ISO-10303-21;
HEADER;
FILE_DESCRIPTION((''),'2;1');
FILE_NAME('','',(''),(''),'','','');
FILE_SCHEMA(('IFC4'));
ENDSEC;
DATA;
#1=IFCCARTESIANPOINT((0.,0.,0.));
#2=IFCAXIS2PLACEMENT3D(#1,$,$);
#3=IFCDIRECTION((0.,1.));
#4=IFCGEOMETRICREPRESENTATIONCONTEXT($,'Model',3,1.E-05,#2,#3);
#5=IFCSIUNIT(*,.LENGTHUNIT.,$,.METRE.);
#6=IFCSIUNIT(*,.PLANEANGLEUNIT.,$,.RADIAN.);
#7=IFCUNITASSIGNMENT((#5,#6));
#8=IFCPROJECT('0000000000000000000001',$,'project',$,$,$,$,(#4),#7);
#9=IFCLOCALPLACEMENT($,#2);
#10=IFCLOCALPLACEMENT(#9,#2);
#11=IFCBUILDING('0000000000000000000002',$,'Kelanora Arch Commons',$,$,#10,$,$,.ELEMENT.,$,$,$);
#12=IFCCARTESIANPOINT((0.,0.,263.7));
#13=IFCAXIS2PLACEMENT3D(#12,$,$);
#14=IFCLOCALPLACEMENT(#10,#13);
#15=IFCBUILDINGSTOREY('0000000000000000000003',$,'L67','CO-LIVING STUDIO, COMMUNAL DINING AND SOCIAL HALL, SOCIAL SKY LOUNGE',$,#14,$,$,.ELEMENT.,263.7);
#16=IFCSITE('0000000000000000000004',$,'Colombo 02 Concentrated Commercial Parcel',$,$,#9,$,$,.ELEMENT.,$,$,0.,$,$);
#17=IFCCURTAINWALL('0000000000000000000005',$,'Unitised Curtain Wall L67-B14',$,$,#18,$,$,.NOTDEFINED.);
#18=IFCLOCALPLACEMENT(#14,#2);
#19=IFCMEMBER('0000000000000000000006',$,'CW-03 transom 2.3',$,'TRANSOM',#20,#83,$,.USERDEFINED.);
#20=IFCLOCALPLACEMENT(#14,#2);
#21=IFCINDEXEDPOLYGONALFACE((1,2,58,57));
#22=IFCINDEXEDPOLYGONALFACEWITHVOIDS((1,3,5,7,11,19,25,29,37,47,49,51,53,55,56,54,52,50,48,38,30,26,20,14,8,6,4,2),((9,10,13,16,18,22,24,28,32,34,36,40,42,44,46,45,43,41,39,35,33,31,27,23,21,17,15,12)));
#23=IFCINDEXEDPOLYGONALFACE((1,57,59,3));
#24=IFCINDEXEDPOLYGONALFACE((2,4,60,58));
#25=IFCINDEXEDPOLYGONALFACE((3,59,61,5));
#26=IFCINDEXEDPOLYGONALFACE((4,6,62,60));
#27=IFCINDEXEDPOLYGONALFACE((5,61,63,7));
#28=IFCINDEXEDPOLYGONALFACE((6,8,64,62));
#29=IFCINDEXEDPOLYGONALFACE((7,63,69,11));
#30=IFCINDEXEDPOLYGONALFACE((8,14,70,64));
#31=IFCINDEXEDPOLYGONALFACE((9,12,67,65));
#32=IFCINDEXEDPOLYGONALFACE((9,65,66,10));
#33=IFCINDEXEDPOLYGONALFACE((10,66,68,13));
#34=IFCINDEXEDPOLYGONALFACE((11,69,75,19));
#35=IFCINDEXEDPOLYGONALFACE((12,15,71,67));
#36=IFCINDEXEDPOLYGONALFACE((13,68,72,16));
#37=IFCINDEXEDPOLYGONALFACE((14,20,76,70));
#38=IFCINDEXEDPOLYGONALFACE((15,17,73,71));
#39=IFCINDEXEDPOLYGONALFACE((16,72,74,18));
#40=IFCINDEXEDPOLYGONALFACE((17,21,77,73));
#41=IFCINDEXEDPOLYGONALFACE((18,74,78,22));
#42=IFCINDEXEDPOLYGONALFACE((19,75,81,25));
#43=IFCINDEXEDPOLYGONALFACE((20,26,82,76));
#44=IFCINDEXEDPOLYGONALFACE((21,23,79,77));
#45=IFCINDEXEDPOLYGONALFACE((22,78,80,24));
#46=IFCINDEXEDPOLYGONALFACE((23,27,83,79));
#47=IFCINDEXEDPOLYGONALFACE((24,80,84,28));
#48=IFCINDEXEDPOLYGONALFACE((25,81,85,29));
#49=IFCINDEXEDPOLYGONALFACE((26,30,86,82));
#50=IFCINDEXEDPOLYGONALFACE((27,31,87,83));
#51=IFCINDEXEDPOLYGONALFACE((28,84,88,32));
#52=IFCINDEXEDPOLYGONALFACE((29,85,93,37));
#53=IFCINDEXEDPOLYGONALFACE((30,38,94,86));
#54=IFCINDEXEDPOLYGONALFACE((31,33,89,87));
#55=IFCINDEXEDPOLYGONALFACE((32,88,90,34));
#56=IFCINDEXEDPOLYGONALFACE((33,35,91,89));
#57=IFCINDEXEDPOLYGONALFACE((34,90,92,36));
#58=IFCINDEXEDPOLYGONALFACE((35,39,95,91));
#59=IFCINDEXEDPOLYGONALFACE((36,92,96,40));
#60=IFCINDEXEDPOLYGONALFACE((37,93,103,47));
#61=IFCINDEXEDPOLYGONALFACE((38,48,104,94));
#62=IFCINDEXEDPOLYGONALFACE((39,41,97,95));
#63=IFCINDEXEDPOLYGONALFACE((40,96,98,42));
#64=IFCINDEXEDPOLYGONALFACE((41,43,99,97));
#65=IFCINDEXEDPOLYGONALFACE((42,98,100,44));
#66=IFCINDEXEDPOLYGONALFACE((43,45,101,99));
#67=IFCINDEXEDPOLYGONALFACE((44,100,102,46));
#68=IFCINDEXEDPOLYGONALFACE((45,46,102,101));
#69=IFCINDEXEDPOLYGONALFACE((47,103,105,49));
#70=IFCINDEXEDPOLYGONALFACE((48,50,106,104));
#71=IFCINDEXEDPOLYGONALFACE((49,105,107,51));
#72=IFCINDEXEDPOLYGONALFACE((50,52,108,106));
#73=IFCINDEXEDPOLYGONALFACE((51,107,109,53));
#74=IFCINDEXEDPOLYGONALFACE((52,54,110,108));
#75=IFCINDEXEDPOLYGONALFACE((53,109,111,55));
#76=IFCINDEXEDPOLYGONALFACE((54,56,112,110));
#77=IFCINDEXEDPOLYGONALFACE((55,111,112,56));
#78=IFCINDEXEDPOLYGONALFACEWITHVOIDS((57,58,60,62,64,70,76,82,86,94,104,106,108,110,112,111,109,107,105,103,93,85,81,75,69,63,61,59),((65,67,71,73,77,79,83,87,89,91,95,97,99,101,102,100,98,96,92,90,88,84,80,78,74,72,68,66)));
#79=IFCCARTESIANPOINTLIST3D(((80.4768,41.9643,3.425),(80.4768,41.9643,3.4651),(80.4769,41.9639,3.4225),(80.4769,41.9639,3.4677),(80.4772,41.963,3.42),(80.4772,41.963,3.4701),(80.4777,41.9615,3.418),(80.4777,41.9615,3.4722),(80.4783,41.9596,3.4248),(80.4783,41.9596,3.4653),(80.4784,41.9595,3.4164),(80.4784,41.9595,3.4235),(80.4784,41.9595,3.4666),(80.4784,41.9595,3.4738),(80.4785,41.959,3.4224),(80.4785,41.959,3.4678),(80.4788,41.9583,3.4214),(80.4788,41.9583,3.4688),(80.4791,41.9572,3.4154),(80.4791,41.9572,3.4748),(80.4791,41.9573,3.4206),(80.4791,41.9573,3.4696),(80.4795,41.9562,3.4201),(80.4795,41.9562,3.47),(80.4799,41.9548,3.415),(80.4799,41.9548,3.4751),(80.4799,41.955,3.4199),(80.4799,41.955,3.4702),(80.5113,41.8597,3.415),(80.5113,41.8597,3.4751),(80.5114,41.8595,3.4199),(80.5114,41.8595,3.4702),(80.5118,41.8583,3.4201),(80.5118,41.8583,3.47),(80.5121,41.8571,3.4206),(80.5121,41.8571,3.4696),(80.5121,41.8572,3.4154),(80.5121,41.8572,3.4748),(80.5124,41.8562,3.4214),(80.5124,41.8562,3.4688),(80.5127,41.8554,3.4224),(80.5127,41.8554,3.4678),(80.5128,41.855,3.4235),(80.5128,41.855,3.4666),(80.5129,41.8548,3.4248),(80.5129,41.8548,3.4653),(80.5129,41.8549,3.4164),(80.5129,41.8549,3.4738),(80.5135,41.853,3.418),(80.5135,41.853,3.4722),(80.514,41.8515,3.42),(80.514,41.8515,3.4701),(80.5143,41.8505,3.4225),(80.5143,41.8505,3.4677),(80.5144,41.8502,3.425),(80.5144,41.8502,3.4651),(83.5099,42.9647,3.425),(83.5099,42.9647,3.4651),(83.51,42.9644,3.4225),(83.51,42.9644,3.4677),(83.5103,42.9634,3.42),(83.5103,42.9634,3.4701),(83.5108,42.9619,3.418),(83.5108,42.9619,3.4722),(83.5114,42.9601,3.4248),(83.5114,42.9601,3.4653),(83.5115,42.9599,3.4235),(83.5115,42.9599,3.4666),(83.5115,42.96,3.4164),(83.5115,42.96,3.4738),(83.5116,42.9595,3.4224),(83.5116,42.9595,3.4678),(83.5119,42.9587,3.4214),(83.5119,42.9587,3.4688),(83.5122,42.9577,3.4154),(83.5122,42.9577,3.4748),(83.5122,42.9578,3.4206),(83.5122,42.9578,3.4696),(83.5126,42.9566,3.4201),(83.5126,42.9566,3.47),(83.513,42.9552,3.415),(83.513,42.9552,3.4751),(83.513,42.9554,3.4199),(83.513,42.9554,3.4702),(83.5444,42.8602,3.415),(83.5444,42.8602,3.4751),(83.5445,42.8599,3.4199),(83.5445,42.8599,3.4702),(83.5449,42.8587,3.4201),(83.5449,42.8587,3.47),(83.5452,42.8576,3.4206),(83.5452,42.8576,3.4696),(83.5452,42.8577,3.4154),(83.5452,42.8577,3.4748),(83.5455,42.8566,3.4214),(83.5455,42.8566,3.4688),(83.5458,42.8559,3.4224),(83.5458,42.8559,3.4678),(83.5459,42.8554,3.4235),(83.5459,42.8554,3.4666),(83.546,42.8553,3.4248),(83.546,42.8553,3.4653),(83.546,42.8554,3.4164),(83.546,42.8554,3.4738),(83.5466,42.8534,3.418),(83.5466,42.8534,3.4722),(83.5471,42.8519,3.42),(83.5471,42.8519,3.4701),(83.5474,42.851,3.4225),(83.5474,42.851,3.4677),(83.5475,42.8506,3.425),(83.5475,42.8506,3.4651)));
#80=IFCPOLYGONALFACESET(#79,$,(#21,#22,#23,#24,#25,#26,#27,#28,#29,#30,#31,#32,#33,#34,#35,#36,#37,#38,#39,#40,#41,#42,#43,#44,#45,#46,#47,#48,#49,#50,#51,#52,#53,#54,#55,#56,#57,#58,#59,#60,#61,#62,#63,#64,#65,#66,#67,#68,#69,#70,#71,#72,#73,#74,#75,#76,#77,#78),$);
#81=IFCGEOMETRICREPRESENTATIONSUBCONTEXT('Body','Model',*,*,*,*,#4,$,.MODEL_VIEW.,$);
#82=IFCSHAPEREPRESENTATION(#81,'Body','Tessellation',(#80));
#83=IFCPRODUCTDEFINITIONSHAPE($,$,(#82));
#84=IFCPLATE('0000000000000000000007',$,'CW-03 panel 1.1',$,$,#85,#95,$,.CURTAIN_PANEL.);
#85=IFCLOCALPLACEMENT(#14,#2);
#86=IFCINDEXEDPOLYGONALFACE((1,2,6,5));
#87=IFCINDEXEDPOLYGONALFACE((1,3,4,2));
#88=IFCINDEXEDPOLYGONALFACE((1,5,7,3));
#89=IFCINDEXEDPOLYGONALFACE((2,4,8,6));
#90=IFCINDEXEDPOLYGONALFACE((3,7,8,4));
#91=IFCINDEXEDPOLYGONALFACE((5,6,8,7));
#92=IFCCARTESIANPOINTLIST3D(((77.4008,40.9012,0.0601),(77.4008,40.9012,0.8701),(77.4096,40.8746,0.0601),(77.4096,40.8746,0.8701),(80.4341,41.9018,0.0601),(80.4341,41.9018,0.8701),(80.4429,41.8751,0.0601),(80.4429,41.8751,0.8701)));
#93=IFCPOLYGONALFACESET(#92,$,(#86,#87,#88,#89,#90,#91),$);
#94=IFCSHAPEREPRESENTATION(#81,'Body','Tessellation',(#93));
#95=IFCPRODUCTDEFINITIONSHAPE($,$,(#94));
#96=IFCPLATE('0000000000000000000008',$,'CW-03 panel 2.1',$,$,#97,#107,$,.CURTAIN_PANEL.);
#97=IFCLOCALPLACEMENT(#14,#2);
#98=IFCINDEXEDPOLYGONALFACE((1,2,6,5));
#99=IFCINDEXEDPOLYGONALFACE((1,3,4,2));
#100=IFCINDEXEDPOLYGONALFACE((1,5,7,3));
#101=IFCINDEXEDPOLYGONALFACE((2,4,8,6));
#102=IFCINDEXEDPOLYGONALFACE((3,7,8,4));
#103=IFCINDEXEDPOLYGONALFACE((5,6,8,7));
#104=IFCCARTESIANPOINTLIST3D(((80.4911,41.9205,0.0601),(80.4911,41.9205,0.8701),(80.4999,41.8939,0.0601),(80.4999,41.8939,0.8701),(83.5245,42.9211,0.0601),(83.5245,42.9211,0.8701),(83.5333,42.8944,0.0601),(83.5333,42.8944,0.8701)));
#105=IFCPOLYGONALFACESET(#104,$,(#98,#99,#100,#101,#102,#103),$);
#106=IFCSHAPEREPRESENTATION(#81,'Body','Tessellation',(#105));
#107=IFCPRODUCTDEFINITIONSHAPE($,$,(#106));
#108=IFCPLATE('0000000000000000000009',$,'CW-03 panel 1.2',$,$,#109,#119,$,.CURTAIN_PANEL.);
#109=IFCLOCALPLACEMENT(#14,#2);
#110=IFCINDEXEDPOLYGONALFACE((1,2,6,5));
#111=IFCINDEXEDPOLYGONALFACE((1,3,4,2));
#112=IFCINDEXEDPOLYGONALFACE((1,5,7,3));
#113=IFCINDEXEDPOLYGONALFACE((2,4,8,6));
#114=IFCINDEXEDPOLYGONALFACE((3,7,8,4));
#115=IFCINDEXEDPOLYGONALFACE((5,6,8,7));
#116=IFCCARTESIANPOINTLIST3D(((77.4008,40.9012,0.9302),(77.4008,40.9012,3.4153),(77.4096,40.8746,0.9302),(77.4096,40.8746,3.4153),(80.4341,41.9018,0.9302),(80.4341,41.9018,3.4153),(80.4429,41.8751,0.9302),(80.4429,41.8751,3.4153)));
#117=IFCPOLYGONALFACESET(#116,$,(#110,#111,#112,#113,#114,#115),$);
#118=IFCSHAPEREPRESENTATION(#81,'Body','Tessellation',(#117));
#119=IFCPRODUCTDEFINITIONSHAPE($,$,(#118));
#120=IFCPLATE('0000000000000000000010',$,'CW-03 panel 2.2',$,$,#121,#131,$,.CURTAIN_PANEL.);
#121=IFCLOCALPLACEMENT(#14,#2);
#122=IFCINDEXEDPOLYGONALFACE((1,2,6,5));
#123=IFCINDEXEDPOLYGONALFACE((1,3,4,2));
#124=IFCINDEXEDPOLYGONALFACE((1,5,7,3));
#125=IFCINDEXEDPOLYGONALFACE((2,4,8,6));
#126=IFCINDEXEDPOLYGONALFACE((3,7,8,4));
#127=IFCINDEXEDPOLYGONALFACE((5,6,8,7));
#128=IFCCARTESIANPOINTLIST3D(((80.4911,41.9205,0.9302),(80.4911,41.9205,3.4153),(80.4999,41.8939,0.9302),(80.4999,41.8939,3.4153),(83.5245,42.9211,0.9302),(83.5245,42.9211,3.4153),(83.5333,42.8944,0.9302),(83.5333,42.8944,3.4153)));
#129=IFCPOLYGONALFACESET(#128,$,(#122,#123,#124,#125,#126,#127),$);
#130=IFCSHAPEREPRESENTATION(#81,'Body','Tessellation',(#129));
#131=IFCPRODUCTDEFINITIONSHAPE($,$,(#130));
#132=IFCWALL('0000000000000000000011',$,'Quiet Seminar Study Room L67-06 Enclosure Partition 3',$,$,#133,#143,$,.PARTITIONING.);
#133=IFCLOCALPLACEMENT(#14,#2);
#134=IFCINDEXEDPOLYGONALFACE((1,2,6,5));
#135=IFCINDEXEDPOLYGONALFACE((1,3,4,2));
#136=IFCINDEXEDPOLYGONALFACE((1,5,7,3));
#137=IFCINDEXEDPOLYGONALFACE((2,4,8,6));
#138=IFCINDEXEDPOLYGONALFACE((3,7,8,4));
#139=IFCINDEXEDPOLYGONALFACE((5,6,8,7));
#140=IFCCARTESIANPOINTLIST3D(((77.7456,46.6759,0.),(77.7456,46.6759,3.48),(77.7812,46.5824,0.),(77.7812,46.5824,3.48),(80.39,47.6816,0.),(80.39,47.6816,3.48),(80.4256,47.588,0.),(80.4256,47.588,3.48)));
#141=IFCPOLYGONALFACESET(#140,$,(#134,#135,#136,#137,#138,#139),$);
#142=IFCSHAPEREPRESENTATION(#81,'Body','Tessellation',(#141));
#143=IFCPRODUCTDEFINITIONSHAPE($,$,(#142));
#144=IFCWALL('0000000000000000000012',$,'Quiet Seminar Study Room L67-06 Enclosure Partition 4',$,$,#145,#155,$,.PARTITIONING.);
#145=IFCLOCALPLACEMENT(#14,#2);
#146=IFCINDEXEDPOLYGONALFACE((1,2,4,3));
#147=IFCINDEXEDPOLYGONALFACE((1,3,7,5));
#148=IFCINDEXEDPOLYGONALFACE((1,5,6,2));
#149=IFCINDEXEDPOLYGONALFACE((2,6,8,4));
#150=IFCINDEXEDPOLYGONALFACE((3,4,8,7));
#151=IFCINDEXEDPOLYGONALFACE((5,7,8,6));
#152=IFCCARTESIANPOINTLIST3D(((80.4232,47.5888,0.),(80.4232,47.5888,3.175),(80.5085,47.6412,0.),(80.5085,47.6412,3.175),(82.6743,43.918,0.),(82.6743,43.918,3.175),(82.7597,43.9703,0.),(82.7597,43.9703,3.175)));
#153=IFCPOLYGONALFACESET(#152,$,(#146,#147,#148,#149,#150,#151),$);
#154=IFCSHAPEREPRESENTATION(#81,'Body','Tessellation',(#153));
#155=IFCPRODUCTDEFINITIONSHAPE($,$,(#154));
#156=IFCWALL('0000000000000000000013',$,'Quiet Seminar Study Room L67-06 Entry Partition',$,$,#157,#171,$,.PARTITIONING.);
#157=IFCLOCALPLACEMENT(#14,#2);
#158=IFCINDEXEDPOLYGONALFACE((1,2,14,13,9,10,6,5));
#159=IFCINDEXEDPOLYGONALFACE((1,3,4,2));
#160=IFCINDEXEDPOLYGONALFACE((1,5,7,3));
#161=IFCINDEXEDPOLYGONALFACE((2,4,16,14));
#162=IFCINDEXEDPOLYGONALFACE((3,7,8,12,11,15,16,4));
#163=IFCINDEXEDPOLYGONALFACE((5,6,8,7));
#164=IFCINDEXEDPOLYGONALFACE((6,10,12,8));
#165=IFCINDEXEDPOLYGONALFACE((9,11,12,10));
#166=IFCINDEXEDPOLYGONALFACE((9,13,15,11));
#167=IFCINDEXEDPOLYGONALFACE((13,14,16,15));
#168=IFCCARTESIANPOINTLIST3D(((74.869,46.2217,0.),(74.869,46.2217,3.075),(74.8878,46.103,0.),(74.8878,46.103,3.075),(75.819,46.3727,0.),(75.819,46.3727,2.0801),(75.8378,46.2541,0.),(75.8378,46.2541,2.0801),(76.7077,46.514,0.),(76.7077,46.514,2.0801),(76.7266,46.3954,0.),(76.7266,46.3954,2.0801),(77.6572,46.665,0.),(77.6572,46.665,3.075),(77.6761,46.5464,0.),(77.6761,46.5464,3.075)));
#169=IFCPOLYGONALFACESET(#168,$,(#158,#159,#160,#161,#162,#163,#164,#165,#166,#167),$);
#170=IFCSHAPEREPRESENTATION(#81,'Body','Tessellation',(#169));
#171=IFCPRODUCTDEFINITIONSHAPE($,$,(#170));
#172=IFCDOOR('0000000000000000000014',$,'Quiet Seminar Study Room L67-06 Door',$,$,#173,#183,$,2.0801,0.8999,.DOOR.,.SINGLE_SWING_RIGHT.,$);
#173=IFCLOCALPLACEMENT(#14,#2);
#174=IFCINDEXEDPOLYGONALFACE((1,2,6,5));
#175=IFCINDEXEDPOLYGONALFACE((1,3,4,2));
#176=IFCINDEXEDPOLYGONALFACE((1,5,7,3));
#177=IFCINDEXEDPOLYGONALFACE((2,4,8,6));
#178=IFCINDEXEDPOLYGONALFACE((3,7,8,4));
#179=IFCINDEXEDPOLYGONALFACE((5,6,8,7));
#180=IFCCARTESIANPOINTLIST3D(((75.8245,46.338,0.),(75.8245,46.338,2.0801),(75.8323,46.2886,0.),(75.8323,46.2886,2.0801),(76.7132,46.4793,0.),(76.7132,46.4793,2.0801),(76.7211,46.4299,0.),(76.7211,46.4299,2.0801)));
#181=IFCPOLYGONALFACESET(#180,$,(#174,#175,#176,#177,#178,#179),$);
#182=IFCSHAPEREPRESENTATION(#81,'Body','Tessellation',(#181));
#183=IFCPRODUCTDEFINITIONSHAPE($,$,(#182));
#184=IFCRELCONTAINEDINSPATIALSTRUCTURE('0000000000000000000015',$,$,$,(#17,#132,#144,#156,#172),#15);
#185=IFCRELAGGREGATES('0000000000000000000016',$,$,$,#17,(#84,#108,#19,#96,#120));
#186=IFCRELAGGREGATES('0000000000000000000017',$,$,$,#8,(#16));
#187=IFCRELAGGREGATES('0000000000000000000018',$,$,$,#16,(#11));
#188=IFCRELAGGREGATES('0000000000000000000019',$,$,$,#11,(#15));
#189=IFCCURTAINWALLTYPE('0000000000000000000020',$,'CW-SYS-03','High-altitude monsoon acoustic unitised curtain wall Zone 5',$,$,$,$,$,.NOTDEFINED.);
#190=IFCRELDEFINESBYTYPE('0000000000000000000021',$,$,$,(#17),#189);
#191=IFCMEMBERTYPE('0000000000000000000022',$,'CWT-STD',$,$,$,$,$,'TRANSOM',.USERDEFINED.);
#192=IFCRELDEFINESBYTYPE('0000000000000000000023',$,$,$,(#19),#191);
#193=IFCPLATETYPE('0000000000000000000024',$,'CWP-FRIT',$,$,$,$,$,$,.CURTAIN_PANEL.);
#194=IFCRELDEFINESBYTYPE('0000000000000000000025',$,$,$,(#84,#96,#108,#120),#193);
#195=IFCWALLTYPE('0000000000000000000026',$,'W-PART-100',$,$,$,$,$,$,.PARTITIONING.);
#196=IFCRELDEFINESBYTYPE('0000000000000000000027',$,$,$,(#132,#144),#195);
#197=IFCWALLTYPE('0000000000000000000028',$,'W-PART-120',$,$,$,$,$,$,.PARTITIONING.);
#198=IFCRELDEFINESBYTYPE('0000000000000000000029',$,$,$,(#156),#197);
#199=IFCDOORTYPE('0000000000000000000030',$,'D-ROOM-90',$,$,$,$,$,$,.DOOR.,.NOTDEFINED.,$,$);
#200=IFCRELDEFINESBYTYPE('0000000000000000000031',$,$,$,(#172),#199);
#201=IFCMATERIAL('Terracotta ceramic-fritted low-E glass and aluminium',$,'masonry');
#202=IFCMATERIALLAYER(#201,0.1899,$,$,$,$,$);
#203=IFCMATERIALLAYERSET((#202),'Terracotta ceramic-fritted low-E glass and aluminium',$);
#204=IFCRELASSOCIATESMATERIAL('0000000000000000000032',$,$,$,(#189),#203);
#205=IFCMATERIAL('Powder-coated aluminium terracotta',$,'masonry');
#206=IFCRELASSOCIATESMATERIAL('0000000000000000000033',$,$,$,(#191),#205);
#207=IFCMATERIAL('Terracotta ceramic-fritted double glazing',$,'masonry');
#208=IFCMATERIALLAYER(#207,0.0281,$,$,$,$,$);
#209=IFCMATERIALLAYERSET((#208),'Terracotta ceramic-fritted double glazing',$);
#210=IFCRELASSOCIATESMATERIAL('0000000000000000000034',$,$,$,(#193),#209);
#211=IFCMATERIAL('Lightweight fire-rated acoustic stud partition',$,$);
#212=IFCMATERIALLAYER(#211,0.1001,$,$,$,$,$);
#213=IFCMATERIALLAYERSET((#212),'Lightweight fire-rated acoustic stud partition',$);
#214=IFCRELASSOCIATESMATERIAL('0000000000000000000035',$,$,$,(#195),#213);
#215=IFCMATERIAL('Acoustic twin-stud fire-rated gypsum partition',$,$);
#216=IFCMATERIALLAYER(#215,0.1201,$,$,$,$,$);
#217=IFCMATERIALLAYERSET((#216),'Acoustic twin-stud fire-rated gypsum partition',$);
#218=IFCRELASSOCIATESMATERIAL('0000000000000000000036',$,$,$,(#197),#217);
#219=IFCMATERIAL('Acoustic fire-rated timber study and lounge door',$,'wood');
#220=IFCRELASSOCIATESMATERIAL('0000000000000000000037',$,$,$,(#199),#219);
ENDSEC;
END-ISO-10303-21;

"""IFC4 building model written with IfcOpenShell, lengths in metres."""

from ifc_helpers import new_model, si_unit, direction, frame, frame_2d, origin, origin_2d, place, context, subcontext, project, spatial, rectangle, hollow_rectangle, extrude, source, transform, mapped, material, layer, layer_set, material_profile, profile_set, type_object, element, fill, aggregate, save


model = new_model("IFC4")

# Units and contexts
model_context = context("Model", 3, precision=1e-05, world=origin(), true_north=direction((0.0, 1.0)))
body_context = subcontext(model_context, "Body", "Model", "MODEL_VIEW")
ifc_project = project(units=[si_unit("LENGTHUNIT", "METRE"), si_unit("PLANEANGLEUNIT", "RADIAN")], contexts=[model_context])

# Site, building, storey
site_placement = place(None, origin())
site = spatial("IfcSite", under=ifc_project, at=site_placement, Name="Colombo 02 Concentrated Commercial Parcel", CompositionType="ELEMENT", RefElevation=0.0)
building_placement = place(site_placement, origin())
building = spatial("IfcBuilding", under=site, at=building_placement, Name="Kelanora Arch Commons", CompositionType="ELEMENT")
storey_placement = place(building_placement, frame((0.0, 0.0, 263.7)))
storey = spatial("IfcBuildingStorey", under=building, at=storey_placement, Name="L67", Description="CO-LIVING STUDIO, COMMUNAL DINING AND SOCIAL HALL, SOCIAL SKY LOUNGE", CompositionType="ELEMENT", Elevation=263.7)

# Curtain wall, member, plates
ifc_material_1 = material(Name="Terracotta ceramic-fritted low-E glass and aluminium", Category="masonry")
ifc_layer_1 = layer(ifc_material_1, 0.1899)
ifc_layer_set_1 = layer_set([ifc_layer_1], Name="Terracotta ceramic-fritted low-E glass and aluminium")
curtain_wall_type = type_object("IfcCurtainWallType", Name="CW-SYS-03", Description="High-altitude monsoon acoustic unitised curtain wall Zone 5", PredefinedType="NOTDEFINED", material=ifc_layer_set_1)
curtain_wall_placement = place(storey_placement, origin())
curtain_wall = element("IfcCurtainWall", 1, at=curtain_wall_placement, inside=storey, type_object=curtain_wall_type, Name="Unitised Curtain Wall L67-B14", PredefinedType="NOTDEFINED")
ifc_material_2 = material(Name="Powder-coated aluminium terracotta", Category="masonry")
ifc_material_profile_1 = material_profile(ifc_material_2, hollow_rectangle(XDim=0.1201, YDim=0.0601, WallThickness=0.0049, InnerFilletRadius=0.0049, OuterFilletRadius=0.01, at=origin_2d()), Name="CWT120x60")
ifc_profile_set_1 = profile_set([ifc_material_profile_1], Name="Powder-coated aluminium terracotta")
member_type_1 = type_object("IfcMemberType", Name="CWT-STD", ElementType="TRANSOM", PredefinedType="USERDEFINED", material=ifc_profile_set_1)
member_1_placement = place(storey_placement, frame((80.4956, 41.9072, 3.4451), z_axis=(0.949672, 0.313245, 0.0), x_axis=(-0.313245, 0.949672, 0.0)))
member_1 = element("IfcMember", 2, at=member_1_placement, type_object=member_type_1, Name="CW-03 transom 2.3", ObjectType="TRANSOM", PredefinedType="USERDEFINED", context=body_context, shape_type="SweptSolid", body=[
    extrude(hollow_rectangle(XDim=0.1201, YDim=0.0601, WallThickness=0.0049, InnerFilletRadius=0.0049, OuterFilletRadius=0.01, at=origin_2d()), origin(), (0.0, 0.0, 1.0), 3.1938),
])
ifc_material_3 = material(Name="Terracotta ceramic-fritted double glazing", Category="masonry")
ifc_layer_2 = layer(ifc_material_3, 0.0281)
ifc_layer_set_2 = layer_set([ifc_layer_2], Name="Terracotta ceramic-fritted double glazing")
plate_type = type_object("IfcPlateType", Name="CWP-FRIT", PredefinedType="CURTAIN_PANEL", material=ifc_layer_set_2)
shared_shape_1 = source(origin(), body_context, "Body", "SweptSolid", [
    extrude(rectangle(XDim=3.1941, YDim=0.0281, at=origin_2d()), origin(), (0.0, 0.0, 1.0), 0.8101),
])
plate_1_placement = place(storey_placement, frame((78.9219, 41.3882, 0.0601), z_axis=(0.0, 0.0, 1.0), x_axis=(0.94967, 0.313253, 0.0)))
plate_1 = element("IfcPlate", 3, at=plate_1_placement, type_object=plate_type, Name="CW-03 panel 1.1", PredefinedType="CURTAIN_PANEL", context=body_context, shape_type="MappedRepresentation", body=[
    mapped(shared_shape_1, transform((0.0, 0.0, 0.0), scale=1.0)),
])
plate_2_placement = place(storey_placement, frame((82.0122, 42.4075, 0.0601), z_axis=(0.0, 0.0, 1.0), x_axis=(0.94967, 0.313253, 0.0)))
plate_2 = element("IfcPlate", 4, at=plate_2_placement, type_object=plate_type, Name="CW-03 panel 2.1", PredefinedType="CURTAIN_PANEL", context=body_context, shape_type="MappedRepresentation", body=[
    mapped(shared_shape_1, transform((0.0, 0.0, 0.0), scale=1.0)),
])
shared_shape_2 = source(origin(), body_context, "Body", "SweptSolid", [
    extrude(rectangle(XDim=3.1941, YDim=0.0281, at=origin_2d()), origin(), (0.0, 0.0, 1.0), 2.4851),
])
plate_3_placement = place(storey_placement, frame((78.9219, 41.3882, 0.9302), z_axis=(0.0, 0.0, 1.0), x_axis=(0.94967, 0.313253, 0.0)))
plate_3 = element("IfcPlate", 5, at=plate_3_placement, type_object=plate_type, Name="CW-03 panel 1.2", PredefinedType="CURTAIN_PANEL", context=body_context, shape_type="MappedRepresentation", body=[
    mapped(shared_shape_2, transform((0.0, 0.0, 0.0), scale=1.0)),
])
plate_4_placement = place(storey_placement, frame((82.0122, 42.4075, 0.9302), z_axis=(0.0, 0.0, 1.0), x_axis=(0.94967, 0.313253, 0.0)))
plate_4 = element("IfcPlate", 6, at=plate_4_placement, type_object=plate_type, Name="CW-03 panel 2.2", PredefinedType="CURTAIN_PANEL", context=body_context, shape_type="MappedRepresentation", body=[
    mapped(shared_shape_2, transform((0.0, 0.0, 0.0), scale=1.0)),
])
aggregate(curtain_wall, [plate_1, plate_3, member_1, plate_2, plate_4])

# Walls
ifc_material_4 = material(Name="Lightweight fire-rated acoustic stud partition")
ifc_layer_3 = layer(ifc_material_4, 0.1001)
ifc_layer_set_3 = layer_set([ifc_layer_3], Name="Lightweight fire-rated acoustic stud partition")
wall_type_1 = type_object("IfcWallType", Name="W-PART-100", PredefinedType="PARTITIONING", material=ifc_layer_set_3)
wall_1_placement = place(storey_placement, frame((77.7634, 46.6292, 0.0), z_axis=(0.0, 0.0, 1.0), x_axis=(0.934691, 0.355461, 0.0)))
element("IfcWall", 7, at=wall_1_placement, inside=storey, type_object=wall_type_1, Name="Quiet Seminar Study Room L67-06 Enclosure Partition 3", PredefinedType="PARTITIONING", context=body_context, shape_type="SweptSolid", body=[
    extrude(rectangle(XDim=2.8291, YDim=0.1001, at=frame_2d((1.4146, 0.0))), origin(), (0.0, 0.0, 1.0), 3.48),
])
wall_2_placement = place(storey_placement, frame((80.4658, 47.615, 0.0), z_axis=(0.0, 0.0, 1.0), x_axis=(0.522784, -0.852465, 0.0)))
element("IfcWall", 8, at=wall_2_placement, inside=storey, type_object=wall_type_1, Name="Quiet Seminar Study Room L67-06 Enclosure Partition 4", PredefinedType="PARTITIONING", context=body_context, shape_type="SweptSolid", body=[
    extrude(rectangle(XDim=4.3062, YDim=0.1001, at=frame_2d((2.1531, 0.0))), origin(), (0.0, 0.0, 1.0), 3.175),
])

# Wall, opening, door
ifc_material_5 = material(Name="Acoustic twin-stud fire-rated gypsum partition")
ifc_layer_4 = layer(ifc_material_5, 0.1201)
ifc_layer_set_4 = layer_set([ifc_layer_4], Name="Acoustic twin-stud fire-rated gypsum partition")
wall_type_2 = type_object("IfcWallType", Name="W-PART-120", PredefinedType="PARTITIONING", material=ifc_layer_set_4)
wall_3_placement = place(storey_placement, frame((74.8784, 46.1624, 0.0), z_axis=(0.0, 0.0, 1.0), x_axis=(0.987593, 0.157033, 0.0)))
wall_3 = element("IfcWall", 9, at=wall_3_placement, inside=storey, type_object=wall_type_2, Name="Quiet Seminar Study Room L67-06 Entry Partition", PredefinedType="PARTITIONING", context=body_context, shape_type="SweptSolid", body=[
    extrude(rectangle(XDim=2.8232, YDim=0.1201, at=frame_2d((1.4116, 0.0))), origin(), (0.0, 0.0, 1.0), 3.075),
])
opening_placement = place(wall_3_placement, frame((0.9619, 0.0, 0.0)))
opening = element("IfcOpeningElement", 10, at=opening_placement, cuts=wall_3, PredefinedType="OPENING", context=body_context, shape_type="SweptSolid", body=[
    extrude(rectangle(XDim=0.8999, YDim=2.0801, at=frame_2d((0.45, 1.04))), frame((0.0, 0.0701, 0.0), z_axis=(0.0, -1.0, 0.0), x_axis=(1.0, 0.0, 0.0)), (0.0, 0.0, 1.0), 0.1401),
])
ifc_material_6 = material(Name="Acoustic fire-rated timber study and lounge door", Category="wood")
door_type = type_object("IfcDoorType", Name="D-ROOM-90", OperationType="NOTDEFINED", PredefinedType="DOOR", material=ifc_material_6)
door_placement = place(opening_placement, origin())
door = element("IfcDoor", 11, at=door_placement, inside=storey, type_object=door_type, Name="Quiet Seminar Study Room L67-06 Door", OperationType="SINGLE_SWING_RIGHT", OverallHeight=2.0801, OverallWidth=0.8999, PredefinedType="DOOR", context=body_context, shape_type="SweptSolid", body=[
    extrude(rectangle(XDim=0.8999, YDim=2.0801, at=frame_2d((0.45, 1.04))), frame((0.0, 0.0249, 0.0), z_axis=(0.0, -1.0, 0.0), x_axis=(1.0, 0.0, 0.0)), (0.0, 0.0, 1.0), 0.05),
])
fill(opening, door)

save(model, "model.ifc")
